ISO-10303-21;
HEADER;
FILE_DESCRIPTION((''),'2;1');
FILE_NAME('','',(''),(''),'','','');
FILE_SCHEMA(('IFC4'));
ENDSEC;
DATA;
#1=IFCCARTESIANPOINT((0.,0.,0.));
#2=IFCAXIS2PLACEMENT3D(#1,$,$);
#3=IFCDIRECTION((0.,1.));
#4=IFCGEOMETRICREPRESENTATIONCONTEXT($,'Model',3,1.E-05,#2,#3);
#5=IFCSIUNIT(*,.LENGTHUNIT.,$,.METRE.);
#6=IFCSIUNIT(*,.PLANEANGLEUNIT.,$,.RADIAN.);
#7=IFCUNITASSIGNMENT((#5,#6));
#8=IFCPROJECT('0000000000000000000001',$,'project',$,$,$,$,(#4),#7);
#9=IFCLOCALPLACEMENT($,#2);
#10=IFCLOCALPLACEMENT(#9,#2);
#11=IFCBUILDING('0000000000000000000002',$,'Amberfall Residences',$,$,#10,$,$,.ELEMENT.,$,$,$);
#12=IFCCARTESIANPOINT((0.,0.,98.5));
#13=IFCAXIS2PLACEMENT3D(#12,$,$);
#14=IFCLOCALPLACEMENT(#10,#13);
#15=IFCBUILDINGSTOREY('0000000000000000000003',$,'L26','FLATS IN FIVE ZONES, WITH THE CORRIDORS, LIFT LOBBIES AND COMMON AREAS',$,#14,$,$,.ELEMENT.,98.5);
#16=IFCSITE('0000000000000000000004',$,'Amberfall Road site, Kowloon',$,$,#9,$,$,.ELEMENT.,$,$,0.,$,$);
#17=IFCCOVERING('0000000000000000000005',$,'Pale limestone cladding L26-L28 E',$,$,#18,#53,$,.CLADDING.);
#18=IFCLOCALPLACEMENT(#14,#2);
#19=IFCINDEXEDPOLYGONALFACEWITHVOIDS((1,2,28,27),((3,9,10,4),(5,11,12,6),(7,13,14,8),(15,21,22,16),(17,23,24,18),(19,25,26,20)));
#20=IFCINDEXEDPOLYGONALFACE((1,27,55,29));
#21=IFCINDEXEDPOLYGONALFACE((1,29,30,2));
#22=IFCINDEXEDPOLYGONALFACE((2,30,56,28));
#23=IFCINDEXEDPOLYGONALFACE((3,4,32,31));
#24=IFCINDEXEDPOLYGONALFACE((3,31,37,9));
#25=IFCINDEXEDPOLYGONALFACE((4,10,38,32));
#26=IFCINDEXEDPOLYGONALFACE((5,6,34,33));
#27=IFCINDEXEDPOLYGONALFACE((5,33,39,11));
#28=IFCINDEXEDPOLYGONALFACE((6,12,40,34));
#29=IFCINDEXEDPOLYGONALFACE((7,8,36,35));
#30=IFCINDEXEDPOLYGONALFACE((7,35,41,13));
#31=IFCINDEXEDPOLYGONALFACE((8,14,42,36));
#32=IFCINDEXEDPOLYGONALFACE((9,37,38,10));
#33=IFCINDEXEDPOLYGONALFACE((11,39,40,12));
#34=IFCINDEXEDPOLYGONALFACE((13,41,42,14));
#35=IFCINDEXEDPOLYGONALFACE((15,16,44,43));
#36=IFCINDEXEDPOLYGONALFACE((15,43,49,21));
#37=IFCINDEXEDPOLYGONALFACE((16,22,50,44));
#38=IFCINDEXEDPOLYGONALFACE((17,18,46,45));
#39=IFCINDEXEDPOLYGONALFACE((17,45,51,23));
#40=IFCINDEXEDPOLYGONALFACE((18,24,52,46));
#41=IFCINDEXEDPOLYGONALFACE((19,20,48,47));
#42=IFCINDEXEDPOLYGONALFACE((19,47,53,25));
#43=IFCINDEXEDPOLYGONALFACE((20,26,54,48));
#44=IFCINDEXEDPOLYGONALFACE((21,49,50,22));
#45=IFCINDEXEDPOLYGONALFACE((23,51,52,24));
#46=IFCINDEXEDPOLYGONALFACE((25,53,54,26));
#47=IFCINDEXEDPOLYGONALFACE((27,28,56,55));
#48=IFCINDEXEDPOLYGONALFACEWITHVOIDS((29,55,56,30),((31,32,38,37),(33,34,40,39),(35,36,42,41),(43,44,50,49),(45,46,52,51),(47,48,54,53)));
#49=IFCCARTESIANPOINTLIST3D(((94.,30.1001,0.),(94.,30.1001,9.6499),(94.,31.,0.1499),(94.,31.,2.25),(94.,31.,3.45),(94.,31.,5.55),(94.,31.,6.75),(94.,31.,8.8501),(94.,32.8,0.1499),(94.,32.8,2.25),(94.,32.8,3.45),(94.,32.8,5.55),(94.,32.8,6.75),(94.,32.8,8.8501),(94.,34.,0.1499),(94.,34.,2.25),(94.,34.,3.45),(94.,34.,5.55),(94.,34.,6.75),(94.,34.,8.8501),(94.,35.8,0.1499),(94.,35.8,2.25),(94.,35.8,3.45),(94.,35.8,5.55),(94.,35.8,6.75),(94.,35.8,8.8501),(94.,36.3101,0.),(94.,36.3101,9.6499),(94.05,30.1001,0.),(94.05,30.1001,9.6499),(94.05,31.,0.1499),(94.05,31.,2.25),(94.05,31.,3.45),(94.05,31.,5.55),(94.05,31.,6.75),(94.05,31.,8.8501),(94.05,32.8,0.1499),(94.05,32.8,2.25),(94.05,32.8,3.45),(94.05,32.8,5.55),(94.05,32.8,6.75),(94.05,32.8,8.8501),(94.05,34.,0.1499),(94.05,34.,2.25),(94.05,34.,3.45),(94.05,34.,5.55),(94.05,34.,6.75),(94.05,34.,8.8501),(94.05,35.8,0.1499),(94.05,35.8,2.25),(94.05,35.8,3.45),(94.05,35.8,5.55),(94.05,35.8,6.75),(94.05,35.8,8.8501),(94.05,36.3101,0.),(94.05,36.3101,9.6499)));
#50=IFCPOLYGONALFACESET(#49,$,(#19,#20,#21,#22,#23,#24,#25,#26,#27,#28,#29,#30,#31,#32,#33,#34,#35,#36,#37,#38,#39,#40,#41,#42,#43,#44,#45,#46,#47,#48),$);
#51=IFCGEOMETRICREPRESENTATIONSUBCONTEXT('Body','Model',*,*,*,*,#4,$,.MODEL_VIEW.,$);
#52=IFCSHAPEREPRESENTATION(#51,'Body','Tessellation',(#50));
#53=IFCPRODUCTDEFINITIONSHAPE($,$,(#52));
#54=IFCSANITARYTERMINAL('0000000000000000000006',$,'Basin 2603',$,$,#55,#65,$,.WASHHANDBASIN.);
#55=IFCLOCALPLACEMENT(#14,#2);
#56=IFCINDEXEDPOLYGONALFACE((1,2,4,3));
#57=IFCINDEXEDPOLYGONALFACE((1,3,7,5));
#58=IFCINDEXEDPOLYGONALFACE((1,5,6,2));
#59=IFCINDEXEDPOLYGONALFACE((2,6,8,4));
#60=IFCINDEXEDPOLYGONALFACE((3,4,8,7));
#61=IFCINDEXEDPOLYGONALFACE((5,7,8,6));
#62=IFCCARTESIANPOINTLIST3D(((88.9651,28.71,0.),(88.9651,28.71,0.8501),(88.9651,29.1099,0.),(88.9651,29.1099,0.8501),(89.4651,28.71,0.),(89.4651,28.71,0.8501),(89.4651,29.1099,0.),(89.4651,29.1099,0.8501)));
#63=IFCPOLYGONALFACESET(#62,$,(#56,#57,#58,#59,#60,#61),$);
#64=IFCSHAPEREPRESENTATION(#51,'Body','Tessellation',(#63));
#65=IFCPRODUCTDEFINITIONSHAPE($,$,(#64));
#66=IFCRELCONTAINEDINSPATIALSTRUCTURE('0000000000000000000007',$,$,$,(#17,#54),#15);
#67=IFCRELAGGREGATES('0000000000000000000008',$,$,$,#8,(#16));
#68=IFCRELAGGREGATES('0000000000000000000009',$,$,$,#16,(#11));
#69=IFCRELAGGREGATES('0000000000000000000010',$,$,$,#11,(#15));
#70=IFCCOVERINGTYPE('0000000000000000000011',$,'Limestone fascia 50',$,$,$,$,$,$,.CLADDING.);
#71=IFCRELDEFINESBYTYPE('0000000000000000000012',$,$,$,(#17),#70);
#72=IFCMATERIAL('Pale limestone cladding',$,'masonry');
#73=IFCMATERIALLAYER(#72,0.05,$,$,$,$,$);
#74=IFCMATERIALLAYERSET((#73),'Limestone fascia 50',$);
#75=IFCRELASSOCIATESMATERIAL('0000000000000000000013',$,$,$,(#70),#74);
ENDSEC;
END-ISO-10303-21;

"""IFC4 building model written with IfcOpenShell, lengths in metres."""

from ifc_helpers import new_model, si_unit, direction, frame, origin, origin_2d, place, context, subcontext, project, spatial, polyline, rectangle, outline, extrude, material, layer, layer_set, type_object, element, save


model = new_model("IFC4")

# Units and contexts
model_context = context("Model", 3, precision=1e-05, world=origin(), true_north=direction((0.0, 1.0)))
body_context = subcontext(model_context, "Body", "Model", "MODEL_VIEW")
ifc_project = project(units=[si_unit("LENGTHUNIT", "METRE"), si_unit("PLANEANGLEUNIT", "RADIAN")], contexts=[model_context])

# Site, building, storey
site_placement = place(None, origin())
site = spatial("IfcSite", under=ifc_project, at=site_placement, Name="Amberfall Road site, Kowloon", CompositionType="ELEMENT", RefElevation=0.0)
building_placement = place(site_placement, origin())
building = spatial("IfcBuilding", under=site, at=building_placement, Name="Amberfall Residences", CompositionType="ELEMENT")
storey_placement = place(building_placement, frame((0.0, 0.0, 98.5)))
storey = spatial("IfcBuildingStorey", under=building, at=storey_placement, Name="L26", Description="FLATS IN FIVE ZONES, WITH THE CORRIDORS, LIFT LOBBIES AND COMMON AREAS", CompositionType="ELEMENT", Elevation=98.5)

# Covering
ifc_material_1 = material(Name="Pale limestone cladding", Category="masonry")
ifc_layer_1 = layer(ifc_material_1, 0.05)
ifc_layer_set_1 = layer_set([ifc_layer_1], Name="Limestone fascia 50")
covering_type = type_object("IfcCoveringType", Name="Limestone fascia 50", PredefinedType="CLADDING", material=ifc_layer_set_1)
covering_placement = place(storey_placement, frame((94.0, 30.1001, 9.6499), z_axis=(-1.0, 0.0, 0.0), x_axis=(0.0, 1.0, 0.0)))
element("IfcCovering", 1, at=covering_placement, inside=storey, type_object=covering_type, Name="Pale limestone cladding L26-L28 E", PredefinedType="CLADDING", context=body_context, shape_type="SweptSolid", body=[
    extrude(outline(polyline([(0.0, 0.0), (6.21, 0.0), (6.21, 9.6499), (0.0, 9.6499), (0.0, 0.0)]), holes=[polyline([(0.8999, 7.3999), (2.7, 7.3999), (2.7, 9.5), (0.8999, 9.5), (0.8999, 7.3999)]), polyline([(3.8999, 7.3999), (5.7, 7.3999), (5.7, 9.5), (3.8999, 9.5), (3.8999, 7.3999)]), polyline([(0.8999, 4.0999), (2.7, 4.0999), (2.7, 6.2), (0.8999, 6.2), (0.8999, 4.0999)]), polyline([(3.8999, 4.0999), (5.7, 4.0999), (5.7, 6.2), (3.8999, 6.2), (3.8999, 4.0999)]), polyline([(0.8999, 0.7998), (2.7, 0.7998), (2.7, 2.8999), (0.8999, 2.8999), (0.8999, 0.7998)]), polyline([(3.8999, 0.7998), (5.7, 0.7998), (5.7, 2.8999), (3.8999, 2.8999), (3.8999, 0.7998)])]), origin(), (0.0, 0.0, -1.0), 0.05),
])

# Sanitary terminal
sanitary_terminal_placement = place(storey_placement, frame((89.2151, 28.9099, 0.0), z_axis=(0.0, 0.0, 1.0), x_axis=(1.0, 0.0, 0.0)))
element("IfcSanitaryTerminal", 2, at=sanitary_terminal_placement, inside=storey, Name="Basin 2603", PredefinedType="WASHHANDBASIN", context=body_context, shape_type="SweptSolid", body=[
    extrude(rectangle(XDim=0.5, YDim=0.3999, at=origin_2d()), origin(), (0.0, 0.0, 1.0), 0.8501),
])

save(model, "model.ifc")
